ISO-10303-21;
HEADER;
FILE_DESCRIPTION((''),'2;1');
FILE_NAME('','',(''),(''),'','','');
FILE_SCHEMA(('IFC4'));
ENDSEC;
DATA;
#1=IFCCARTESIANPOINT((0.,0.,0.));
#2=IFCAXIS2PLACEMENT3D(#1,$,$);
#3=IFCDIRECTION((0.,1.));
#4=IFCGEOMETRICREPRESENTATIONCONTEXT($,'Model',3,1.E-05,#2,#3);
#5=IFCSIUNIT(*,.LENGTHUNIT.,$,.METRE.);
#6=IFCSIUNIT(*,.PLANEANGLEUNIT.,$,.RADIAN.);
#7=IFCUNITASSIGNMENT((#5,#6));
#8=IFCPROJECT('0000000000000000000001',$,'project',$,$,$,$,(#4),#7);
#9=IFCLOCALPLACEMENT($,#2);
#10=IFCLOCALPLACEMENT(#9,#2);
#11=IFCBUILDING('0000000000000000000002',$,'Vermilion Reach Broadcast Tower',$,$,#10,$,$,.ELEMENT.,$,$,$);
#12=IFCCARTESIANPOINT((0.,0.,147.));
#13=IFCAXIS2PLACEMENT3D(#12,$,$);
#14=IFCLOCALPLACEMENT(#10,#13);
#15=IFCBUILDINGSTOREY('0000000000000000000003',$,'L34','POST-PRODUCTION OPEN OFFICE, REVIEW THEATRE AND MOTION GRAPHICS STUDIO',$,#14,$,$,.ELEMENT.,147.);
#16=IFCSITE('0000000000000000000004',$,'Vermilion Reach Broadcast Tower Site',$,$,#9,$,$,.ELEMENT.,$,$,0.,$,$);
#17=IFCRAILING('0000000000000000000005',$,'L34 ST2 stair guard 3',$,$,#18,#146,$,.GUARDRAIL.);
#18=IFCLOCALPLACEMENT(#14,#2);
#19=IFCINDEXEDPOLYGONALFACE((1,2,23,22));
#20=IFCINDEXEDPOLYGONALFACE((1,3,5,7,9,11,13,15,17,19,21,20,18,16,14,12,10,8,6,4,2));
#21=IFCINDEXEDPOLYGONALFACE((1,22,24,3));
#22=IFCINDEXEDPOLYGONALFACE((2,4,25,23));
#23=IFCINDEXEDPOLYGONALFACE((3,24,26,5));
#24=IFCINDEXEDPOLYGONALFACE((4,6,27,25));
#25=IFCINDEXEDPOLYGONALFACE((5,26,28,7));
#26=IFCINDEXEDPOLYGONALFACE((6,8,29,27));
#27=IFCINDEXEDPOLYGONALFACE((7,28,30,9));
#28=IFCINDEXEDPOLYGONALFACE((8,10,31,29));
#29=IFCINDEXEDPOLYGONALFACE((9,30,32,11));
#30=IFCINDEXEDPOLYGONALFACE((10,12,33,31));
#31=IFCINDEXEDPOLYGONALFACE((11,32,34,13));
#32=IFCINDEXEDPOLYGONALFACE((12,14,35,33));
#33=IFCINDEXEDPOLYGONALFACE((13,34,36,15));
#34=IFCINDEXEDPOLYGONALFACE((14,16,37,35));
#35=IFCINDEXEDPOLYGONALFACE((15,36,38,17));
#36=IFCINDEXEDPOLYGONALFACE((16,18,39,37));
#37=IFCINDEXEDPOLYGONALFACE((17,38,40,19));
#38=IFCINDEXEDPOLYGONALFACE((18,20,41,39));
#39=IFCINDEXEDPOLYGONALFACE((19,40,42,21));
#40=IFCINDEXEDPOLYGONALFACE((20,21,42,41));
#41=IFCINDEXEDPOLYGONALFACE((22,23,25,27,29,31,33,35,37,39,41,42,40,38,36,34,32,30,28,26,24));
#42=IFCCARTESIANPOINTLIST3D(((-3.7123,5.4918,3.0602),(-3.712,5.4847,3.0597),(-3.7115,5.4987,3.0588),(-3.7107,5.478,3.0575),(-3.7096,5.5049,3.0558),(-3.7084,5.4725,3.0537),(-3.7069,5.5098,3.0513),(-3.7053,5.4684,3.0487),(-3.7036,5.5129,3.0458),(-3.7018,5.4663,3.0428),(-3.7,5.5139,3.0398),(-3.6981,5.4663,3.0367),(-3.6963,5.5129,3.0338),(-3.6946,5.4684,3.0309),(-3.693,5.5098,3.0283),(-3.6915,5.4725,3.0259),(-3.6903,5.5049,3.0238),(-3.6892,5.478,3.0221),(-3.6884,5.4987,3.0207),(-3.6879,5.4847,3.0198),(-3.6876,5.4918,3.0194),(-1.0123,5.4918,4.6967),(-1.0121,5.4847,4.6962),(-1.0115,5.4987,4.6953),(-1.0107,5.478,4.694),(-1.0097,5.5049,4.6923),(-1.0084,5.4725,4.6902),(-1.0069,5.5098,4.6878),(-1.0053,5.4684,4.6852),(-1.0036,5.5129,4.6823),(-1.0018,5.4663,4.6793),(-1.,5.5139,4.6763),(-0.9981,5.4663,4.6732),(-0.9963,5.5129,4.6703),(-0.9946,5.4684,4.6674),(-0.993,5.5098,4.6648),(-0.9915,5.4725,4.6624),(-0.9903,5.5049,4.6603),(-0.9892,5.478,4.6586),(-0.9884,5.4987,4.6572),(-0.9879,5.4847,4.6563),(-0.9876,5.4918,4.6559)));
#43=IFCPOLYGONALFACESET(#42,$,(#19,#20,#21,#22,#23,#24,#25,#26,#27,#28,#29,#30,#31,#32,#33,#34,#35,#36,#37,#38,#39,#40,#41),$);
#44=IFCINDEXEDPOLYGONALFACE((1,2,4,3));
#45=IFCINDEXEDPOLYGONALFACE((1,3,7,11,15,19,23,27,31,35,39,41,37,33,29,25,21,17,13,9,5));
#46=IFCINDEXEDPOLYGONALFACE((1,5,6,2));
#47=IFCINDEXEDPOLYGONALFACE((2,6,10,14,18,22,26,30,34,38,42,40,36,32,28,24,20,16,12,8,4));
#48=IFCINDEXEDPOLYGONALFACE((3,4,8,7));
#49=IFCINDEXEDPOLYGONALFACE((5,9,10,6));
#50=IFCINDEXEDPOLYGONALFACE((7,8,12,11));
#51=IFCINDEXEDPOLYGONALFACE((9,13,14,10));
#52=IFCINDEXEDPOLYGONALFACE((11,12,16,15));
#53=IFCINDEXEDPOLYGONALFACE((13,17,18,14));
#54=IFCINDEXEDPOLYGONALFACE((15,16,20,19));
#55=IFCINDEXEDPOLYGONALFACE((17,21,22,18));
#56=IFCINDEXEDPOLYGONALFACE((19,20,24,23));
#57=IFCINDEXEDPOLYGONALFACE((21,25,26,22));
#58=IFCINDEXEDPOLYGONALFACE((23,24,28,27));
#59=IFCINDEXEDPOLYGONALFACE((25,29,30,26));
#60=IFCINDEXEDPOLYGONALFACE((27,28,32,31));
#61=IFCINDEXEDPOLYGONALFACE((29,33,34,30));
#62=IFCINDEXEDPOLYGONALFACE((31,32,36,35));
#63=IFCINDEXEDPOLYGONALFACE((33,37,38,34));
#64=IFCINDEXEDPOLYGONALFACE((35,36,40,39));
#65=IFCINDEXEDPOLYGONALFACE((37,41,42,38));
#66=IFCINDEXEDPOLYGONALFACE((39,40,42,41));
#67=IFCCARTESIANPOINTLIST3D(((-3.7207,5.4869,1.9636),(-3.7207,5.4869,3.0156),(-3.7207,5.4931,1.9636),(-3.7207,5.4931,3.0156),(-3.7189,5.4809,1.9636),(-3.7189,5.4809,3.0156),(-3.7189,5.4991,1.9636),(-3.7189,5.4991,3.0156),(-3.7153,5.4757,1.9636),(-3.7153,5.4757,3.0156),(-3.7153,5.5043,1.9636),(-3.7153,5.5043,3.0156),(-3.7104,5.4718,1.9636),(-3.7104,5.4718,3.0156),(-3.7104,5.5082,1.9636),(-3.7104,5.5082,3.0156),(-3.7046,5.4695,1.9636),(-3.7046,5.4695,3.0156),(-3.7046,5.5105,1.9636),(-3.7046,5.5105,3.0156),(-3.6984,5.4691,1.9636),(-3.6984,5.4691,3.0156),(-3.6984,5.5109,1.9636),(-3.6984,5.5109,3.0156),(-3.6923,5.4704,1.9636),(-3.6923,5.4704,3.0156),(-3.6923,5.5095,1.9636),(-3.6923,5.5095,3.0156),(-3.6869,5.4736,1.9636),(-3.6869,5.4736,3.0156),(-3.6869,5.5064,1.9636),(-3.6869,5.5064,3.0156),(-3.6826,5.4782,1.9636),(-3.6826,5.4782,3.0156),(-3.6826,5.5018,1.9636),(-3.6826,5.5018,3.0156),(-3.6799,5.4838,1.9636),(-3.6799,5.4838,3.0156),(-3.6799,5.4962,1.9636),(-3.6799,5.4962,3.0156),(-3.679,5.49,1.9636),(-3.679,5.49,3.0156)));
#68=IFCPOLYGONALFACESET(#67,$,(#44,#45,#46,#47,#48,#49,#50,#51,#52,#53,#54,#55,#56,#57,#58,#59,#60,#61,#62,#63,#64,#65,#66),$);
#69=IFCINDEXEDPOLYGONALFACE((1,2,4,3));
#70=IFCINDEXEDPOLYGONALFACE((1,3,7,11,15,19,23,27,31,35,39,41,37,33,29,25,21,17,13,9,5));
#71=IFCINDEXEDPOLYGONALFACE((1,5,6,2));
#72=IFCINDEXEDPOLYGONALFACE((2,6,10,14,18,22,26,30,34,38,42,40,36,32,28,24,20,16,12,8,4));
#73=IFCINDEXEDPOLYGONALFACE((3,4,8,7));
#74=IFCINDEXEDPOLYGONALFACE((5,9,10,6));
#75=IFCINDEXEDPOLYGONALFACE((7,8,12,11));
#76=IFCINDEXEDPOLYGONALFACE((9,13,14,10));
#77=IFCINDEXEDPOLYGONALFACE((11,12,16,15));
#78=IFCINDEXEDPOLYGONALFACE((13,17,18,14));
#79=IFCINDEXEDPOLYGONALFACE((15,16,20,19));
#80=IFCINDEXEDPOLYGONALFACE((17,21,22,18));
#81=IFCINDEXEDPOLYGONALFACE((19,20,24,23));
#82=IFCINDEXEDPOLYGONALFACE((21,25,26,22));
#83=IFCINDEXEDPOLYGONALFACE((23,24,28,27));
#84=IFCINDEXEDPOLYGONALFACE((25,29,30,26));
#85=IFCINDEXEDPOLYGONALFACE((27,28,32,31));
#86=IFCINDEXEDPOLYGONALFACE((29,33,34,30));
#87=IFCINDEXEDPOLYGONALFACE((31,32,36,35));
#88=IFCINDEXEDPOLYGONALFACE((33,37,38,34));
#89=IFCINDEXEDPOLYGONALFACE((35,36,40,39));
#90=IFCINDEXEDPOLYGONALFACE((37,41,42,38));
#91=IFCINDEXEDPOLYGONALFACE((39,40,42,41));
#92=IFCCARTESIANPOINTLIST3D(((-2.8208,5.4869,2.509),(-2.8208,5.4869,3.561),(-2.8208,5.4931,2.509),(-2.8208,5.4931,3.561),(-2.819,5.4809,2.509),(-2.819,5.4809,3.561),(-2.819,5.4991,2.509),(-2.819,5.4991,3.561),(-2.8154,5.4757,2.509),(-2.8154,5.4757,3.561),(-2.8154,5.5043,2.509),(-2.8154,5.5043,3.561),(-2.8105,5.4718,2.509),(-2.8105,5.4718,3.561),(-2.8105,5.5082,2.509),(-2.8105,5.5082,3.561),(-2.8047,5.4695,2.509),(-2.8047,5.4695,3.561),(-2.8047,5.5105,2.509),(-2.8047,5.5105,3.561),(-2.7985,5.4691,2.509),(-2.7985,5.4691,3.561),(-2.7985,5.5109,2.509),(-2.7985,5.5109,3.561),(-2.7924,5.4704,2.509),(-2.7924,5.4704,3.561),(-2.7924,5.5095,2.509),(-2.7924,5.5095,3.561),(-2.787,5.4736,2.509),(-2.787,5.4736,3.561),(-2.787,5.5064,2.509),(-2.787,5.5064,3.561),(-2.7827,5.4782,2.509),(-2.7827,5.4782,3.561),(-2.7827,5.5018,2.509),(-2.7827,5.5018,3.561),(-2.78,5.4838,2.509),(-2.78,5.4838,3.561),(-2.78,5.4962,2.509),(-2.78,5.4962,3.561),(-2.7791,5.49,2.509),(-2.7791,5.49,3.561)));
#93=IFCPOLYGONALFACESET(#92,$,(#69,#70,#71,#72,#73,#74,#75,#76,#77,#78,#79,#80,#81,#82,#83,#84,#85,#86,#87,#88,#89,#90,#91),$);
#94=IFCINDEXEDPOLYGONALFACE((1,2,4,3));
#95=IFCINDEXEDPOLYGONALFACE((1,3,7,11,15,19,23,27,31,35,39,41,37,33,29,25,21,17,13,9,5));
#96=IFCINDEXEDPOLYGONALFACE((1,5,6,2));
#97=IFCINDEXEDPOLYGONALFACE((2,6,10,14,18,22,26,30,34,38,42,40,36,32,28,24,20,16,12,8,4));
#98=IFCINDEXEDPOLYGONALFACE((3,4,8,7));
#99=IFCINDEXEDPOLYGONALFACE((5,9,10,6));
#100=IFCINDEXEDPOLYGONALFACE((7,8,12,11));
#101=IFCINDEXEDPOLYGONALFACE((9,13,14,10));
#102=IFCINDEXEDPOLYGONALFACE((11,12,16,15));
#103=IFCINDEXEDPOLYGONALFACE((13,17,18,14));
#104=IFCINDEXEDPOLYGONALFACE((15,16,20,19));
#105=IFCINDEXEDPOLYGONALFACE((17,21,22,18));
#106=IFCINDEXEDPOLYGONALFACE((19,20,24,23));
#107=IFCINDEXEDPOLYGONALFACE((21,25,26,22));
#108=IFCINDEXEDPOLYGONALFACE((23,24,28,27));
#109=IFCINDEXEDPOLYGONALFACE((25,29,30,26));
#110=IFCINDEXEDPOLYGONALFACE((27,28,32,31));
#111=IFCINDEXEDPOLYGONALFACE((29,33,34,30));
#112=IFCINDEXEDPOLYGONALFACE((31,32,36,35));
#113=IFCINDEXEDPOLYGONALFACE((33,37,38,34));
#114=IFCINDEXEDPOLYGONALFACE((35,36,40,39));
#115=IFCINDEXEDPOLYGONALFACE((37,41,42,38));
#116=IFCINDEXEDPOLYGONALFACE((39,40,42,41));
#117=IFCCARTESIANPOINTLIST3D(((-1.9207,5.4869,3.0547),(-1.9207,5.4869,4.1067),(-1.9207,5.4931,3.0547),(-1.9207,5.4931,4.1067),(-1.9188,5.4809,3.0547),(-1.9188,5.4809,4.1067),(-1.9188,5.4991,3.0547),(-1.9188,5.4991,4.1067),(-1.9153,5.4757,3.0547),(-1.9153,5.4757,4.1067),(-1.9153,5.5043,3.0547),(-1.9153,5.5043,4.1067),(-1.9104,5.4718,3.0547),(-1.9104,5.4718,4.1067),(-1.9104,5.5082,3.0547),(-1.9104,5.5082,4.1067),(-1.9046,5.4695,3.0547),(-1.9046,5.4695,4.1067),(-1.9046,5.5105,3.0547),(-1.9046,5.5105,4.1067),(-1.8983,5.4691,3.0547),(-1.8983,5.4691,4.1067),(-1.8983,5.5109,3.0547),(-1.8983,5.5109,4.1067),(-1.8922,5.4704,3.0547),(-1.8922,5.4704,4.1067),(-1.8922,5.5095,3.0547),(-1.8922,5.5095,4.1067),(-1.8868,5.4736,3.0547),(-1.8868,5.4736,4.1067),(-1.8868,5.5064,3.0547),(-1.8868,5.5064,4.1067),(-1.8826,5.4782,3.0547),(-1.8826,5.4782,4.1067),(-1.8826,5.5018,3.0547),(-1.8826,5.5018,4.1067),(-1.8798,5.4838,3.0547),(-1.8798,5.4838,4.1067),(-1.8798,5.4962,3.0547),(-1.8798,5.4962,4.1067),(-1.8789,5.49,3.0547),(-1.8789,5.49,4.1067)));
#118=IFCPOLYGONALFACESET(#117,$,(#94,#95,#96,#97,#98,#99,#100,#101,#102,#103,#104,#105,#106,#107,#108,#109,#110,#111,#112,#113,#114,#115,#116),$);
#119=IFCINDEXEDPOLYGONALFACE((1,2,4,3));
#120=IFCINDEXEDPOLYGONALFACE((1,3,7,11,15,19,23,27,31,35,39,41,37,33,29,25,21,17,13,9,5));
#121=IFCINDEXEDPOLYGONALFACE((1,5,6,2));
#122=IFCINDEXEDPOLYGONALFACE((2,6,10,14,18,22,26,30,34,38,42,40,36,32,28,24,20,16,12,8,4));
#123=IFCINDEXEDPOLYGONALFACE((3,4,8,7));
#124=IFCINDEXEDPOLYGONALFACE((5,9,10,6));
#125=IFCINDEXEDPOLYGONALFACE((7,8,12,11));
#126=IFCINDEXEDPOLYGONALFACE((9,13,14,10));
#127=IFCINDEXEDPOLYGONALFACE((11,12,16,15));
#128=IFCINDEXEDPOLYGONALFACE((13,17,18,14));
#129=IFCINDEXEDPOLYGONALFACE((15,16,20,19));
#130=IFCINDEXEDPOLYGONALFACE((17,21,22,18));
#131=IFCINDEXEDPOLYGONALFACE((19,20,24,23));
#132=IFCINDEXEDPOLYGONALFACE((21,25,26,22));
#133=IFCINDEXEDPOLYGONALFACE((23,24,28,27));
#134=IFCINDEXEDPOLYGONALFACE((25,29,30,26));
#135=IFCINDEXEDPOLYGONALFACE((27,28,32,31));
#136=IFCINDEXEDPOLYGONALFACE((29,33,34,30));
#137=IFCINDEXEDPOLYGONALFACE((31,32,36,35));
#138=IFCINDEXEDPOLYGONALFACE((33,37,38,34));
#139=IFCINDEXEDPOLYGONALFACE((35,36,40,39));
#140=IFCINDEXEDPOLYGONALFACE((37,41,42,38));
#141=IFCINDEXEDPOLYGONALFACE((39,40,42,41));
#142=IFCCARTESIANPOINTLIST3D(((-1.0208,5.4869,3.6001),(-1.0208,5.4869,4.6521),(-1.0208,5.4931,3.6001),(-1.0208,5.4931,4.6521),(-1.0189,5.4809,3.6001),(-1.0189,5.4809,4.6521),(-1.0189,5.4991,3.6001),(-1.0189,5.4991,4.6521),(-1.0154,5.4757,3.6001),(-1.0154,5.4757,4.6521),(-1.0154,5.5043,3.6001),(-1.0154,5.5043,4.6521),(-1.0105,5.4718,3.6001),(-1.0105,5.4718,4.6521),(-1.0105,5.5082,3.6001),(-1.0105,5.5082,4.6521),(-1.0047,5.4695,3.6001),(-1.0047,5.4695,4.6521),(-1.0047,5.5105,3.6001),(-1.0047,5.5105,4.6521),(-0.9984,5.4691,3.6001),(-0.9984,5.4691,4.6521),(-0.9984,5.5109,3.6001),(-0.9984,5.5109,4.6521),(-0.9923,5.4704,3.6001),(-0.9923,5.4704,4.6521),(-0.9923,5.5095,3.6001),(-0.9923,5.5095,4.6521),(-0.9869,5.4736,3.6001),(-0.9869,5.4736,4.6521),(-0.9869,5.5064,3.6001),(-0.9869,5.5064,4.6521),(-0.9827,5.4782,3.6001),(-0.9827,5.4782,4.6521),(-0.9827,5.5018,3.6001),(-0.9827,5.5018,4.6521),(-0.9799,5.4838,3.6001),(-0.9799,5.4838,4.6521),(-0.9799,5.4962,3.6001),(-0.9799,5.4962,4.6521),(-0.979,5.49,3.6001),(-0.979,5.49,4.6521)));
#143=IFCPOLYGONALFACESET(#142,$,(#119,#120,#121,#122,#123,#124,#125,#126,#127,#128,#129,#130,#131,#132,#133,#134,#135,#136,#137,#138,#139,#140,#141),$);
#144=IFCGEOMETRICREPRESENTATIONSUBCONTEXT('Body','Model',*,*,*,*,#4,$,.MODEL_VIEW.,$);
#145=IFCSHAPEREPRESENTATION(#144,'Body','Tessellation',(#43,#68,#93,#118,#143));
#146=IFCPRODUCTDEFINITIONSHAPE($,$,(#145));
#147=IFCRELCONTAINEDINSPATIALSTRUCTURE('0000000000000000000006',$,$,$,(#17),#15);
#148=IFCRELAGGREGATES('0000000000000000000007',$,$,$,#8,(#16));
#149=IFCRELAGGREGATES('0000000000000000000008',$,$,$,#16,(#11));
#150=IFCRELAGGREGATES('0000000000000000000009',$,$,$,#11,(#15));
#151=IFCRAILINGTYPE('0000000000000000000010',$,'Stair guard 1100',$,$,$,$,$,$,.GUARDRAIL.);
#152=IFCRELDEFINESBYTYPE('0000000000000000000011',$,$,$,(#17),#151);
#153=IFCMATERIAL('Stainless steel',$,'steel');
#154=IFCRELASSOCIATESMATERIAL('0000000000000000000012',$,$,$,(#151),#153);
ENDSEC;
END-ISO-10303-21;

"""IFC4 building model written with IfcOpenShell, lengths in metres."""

from ifc_helpers import new_model, si_unit, direction, frame, origin, origin_2d, place, context, subcontext, project, spatial, circle, extrude, material, type_object, element, save


model = new_model("IFC4")

# Units and contexts
model_context = context("Model", 3, precision=1e-05, world=origin(), true_north=direction((0.0, 1.0)))
body_context = subcontext(model_context, "Body", "Model", "MODEL_VIEW")
ifc_project = project(units=[si_unit("LENGTHUNIT", "METRE"), si_unit("PLANEANGLEUNIT", "RADIAN")], contexts=[model_context])

# Site, building, storey
site_placement = place(None, origin())
site = spatial("IfcSite", under=ifc_project, at=site_placement, Name="Vermilion Reach Broadcast Tower Site", CompositionType="ELEMENT", RefElevation=0.0)
building_placement = place(site_placement, origin())
building = spatial("IfcBuilding", under=site, at=building_placement, Name="Vermilion Reach Broadcast Tower", CompositionType="ELEMENT")
storey_placement = place(building_placement, frame((0.0, 0.0, 147.0)))
storey = spatial("IfcBuildingStorey", under=building, at=storey_placement, Name="L34", Description="POST-PRODUCTION OPEN OFFICE, REVIEW THEATRE AND MOTION GRAPHICS STUDIO", CompositionType="ELEMENT", Elevation=147.0)

# Railing
ifc_material_1 = material(Name="Stainless steel", Category="steel")
railing_type_1 = type_object("IfcRailingType", Name="Stair guard 1100", PredefinedType="GUARDRAIL", material=ifc_material_1)
railing_1_placement = place(storey_placement, frame((-3.7, 5.49, 1.9636)))
element("IfcRailing", 1, at=railing_1_placement, inside=storey, type_object=railing_type_1, Name="L34 ST2 stair guard 3", PredefinedType="GUARDRAIL", context=body_context, shape_type="SweptSolid", body=[
    extrude(circle(Radius=0.0239, at=origin_2d()), frame((0.0, 0.0, 1.0762), z_axis=(0.855178, 0.0, 0.518334), x_axis=(0.0, 1.0, 0.0)), (0.0, 0.0, 1.0), 3.1572),
    extrude(circle(Radius=0.021, at=origin_2d()), origin(), (0.0, 0.0, 1.0), 1.052),
    extrude(circle(Radius=0.021, at=origin_2d()), frame((0.8999, 0.0, 0.5454)), (0.0, 0.0, 1.0), 1.052),
    extrude(circle(Radius=0.021, at=origin_2d()), frame((1.8, 0.0, 1.0911)), (0.0, 0.0, 1.0), 1.052),
    extrude(circle(Radius=0.021, at=origin_2d()), frame((2.7, 0.0, 1.6365)), (0.0, 0.0, 1.0), 1.052),
])

save(model, "model.ifc")
